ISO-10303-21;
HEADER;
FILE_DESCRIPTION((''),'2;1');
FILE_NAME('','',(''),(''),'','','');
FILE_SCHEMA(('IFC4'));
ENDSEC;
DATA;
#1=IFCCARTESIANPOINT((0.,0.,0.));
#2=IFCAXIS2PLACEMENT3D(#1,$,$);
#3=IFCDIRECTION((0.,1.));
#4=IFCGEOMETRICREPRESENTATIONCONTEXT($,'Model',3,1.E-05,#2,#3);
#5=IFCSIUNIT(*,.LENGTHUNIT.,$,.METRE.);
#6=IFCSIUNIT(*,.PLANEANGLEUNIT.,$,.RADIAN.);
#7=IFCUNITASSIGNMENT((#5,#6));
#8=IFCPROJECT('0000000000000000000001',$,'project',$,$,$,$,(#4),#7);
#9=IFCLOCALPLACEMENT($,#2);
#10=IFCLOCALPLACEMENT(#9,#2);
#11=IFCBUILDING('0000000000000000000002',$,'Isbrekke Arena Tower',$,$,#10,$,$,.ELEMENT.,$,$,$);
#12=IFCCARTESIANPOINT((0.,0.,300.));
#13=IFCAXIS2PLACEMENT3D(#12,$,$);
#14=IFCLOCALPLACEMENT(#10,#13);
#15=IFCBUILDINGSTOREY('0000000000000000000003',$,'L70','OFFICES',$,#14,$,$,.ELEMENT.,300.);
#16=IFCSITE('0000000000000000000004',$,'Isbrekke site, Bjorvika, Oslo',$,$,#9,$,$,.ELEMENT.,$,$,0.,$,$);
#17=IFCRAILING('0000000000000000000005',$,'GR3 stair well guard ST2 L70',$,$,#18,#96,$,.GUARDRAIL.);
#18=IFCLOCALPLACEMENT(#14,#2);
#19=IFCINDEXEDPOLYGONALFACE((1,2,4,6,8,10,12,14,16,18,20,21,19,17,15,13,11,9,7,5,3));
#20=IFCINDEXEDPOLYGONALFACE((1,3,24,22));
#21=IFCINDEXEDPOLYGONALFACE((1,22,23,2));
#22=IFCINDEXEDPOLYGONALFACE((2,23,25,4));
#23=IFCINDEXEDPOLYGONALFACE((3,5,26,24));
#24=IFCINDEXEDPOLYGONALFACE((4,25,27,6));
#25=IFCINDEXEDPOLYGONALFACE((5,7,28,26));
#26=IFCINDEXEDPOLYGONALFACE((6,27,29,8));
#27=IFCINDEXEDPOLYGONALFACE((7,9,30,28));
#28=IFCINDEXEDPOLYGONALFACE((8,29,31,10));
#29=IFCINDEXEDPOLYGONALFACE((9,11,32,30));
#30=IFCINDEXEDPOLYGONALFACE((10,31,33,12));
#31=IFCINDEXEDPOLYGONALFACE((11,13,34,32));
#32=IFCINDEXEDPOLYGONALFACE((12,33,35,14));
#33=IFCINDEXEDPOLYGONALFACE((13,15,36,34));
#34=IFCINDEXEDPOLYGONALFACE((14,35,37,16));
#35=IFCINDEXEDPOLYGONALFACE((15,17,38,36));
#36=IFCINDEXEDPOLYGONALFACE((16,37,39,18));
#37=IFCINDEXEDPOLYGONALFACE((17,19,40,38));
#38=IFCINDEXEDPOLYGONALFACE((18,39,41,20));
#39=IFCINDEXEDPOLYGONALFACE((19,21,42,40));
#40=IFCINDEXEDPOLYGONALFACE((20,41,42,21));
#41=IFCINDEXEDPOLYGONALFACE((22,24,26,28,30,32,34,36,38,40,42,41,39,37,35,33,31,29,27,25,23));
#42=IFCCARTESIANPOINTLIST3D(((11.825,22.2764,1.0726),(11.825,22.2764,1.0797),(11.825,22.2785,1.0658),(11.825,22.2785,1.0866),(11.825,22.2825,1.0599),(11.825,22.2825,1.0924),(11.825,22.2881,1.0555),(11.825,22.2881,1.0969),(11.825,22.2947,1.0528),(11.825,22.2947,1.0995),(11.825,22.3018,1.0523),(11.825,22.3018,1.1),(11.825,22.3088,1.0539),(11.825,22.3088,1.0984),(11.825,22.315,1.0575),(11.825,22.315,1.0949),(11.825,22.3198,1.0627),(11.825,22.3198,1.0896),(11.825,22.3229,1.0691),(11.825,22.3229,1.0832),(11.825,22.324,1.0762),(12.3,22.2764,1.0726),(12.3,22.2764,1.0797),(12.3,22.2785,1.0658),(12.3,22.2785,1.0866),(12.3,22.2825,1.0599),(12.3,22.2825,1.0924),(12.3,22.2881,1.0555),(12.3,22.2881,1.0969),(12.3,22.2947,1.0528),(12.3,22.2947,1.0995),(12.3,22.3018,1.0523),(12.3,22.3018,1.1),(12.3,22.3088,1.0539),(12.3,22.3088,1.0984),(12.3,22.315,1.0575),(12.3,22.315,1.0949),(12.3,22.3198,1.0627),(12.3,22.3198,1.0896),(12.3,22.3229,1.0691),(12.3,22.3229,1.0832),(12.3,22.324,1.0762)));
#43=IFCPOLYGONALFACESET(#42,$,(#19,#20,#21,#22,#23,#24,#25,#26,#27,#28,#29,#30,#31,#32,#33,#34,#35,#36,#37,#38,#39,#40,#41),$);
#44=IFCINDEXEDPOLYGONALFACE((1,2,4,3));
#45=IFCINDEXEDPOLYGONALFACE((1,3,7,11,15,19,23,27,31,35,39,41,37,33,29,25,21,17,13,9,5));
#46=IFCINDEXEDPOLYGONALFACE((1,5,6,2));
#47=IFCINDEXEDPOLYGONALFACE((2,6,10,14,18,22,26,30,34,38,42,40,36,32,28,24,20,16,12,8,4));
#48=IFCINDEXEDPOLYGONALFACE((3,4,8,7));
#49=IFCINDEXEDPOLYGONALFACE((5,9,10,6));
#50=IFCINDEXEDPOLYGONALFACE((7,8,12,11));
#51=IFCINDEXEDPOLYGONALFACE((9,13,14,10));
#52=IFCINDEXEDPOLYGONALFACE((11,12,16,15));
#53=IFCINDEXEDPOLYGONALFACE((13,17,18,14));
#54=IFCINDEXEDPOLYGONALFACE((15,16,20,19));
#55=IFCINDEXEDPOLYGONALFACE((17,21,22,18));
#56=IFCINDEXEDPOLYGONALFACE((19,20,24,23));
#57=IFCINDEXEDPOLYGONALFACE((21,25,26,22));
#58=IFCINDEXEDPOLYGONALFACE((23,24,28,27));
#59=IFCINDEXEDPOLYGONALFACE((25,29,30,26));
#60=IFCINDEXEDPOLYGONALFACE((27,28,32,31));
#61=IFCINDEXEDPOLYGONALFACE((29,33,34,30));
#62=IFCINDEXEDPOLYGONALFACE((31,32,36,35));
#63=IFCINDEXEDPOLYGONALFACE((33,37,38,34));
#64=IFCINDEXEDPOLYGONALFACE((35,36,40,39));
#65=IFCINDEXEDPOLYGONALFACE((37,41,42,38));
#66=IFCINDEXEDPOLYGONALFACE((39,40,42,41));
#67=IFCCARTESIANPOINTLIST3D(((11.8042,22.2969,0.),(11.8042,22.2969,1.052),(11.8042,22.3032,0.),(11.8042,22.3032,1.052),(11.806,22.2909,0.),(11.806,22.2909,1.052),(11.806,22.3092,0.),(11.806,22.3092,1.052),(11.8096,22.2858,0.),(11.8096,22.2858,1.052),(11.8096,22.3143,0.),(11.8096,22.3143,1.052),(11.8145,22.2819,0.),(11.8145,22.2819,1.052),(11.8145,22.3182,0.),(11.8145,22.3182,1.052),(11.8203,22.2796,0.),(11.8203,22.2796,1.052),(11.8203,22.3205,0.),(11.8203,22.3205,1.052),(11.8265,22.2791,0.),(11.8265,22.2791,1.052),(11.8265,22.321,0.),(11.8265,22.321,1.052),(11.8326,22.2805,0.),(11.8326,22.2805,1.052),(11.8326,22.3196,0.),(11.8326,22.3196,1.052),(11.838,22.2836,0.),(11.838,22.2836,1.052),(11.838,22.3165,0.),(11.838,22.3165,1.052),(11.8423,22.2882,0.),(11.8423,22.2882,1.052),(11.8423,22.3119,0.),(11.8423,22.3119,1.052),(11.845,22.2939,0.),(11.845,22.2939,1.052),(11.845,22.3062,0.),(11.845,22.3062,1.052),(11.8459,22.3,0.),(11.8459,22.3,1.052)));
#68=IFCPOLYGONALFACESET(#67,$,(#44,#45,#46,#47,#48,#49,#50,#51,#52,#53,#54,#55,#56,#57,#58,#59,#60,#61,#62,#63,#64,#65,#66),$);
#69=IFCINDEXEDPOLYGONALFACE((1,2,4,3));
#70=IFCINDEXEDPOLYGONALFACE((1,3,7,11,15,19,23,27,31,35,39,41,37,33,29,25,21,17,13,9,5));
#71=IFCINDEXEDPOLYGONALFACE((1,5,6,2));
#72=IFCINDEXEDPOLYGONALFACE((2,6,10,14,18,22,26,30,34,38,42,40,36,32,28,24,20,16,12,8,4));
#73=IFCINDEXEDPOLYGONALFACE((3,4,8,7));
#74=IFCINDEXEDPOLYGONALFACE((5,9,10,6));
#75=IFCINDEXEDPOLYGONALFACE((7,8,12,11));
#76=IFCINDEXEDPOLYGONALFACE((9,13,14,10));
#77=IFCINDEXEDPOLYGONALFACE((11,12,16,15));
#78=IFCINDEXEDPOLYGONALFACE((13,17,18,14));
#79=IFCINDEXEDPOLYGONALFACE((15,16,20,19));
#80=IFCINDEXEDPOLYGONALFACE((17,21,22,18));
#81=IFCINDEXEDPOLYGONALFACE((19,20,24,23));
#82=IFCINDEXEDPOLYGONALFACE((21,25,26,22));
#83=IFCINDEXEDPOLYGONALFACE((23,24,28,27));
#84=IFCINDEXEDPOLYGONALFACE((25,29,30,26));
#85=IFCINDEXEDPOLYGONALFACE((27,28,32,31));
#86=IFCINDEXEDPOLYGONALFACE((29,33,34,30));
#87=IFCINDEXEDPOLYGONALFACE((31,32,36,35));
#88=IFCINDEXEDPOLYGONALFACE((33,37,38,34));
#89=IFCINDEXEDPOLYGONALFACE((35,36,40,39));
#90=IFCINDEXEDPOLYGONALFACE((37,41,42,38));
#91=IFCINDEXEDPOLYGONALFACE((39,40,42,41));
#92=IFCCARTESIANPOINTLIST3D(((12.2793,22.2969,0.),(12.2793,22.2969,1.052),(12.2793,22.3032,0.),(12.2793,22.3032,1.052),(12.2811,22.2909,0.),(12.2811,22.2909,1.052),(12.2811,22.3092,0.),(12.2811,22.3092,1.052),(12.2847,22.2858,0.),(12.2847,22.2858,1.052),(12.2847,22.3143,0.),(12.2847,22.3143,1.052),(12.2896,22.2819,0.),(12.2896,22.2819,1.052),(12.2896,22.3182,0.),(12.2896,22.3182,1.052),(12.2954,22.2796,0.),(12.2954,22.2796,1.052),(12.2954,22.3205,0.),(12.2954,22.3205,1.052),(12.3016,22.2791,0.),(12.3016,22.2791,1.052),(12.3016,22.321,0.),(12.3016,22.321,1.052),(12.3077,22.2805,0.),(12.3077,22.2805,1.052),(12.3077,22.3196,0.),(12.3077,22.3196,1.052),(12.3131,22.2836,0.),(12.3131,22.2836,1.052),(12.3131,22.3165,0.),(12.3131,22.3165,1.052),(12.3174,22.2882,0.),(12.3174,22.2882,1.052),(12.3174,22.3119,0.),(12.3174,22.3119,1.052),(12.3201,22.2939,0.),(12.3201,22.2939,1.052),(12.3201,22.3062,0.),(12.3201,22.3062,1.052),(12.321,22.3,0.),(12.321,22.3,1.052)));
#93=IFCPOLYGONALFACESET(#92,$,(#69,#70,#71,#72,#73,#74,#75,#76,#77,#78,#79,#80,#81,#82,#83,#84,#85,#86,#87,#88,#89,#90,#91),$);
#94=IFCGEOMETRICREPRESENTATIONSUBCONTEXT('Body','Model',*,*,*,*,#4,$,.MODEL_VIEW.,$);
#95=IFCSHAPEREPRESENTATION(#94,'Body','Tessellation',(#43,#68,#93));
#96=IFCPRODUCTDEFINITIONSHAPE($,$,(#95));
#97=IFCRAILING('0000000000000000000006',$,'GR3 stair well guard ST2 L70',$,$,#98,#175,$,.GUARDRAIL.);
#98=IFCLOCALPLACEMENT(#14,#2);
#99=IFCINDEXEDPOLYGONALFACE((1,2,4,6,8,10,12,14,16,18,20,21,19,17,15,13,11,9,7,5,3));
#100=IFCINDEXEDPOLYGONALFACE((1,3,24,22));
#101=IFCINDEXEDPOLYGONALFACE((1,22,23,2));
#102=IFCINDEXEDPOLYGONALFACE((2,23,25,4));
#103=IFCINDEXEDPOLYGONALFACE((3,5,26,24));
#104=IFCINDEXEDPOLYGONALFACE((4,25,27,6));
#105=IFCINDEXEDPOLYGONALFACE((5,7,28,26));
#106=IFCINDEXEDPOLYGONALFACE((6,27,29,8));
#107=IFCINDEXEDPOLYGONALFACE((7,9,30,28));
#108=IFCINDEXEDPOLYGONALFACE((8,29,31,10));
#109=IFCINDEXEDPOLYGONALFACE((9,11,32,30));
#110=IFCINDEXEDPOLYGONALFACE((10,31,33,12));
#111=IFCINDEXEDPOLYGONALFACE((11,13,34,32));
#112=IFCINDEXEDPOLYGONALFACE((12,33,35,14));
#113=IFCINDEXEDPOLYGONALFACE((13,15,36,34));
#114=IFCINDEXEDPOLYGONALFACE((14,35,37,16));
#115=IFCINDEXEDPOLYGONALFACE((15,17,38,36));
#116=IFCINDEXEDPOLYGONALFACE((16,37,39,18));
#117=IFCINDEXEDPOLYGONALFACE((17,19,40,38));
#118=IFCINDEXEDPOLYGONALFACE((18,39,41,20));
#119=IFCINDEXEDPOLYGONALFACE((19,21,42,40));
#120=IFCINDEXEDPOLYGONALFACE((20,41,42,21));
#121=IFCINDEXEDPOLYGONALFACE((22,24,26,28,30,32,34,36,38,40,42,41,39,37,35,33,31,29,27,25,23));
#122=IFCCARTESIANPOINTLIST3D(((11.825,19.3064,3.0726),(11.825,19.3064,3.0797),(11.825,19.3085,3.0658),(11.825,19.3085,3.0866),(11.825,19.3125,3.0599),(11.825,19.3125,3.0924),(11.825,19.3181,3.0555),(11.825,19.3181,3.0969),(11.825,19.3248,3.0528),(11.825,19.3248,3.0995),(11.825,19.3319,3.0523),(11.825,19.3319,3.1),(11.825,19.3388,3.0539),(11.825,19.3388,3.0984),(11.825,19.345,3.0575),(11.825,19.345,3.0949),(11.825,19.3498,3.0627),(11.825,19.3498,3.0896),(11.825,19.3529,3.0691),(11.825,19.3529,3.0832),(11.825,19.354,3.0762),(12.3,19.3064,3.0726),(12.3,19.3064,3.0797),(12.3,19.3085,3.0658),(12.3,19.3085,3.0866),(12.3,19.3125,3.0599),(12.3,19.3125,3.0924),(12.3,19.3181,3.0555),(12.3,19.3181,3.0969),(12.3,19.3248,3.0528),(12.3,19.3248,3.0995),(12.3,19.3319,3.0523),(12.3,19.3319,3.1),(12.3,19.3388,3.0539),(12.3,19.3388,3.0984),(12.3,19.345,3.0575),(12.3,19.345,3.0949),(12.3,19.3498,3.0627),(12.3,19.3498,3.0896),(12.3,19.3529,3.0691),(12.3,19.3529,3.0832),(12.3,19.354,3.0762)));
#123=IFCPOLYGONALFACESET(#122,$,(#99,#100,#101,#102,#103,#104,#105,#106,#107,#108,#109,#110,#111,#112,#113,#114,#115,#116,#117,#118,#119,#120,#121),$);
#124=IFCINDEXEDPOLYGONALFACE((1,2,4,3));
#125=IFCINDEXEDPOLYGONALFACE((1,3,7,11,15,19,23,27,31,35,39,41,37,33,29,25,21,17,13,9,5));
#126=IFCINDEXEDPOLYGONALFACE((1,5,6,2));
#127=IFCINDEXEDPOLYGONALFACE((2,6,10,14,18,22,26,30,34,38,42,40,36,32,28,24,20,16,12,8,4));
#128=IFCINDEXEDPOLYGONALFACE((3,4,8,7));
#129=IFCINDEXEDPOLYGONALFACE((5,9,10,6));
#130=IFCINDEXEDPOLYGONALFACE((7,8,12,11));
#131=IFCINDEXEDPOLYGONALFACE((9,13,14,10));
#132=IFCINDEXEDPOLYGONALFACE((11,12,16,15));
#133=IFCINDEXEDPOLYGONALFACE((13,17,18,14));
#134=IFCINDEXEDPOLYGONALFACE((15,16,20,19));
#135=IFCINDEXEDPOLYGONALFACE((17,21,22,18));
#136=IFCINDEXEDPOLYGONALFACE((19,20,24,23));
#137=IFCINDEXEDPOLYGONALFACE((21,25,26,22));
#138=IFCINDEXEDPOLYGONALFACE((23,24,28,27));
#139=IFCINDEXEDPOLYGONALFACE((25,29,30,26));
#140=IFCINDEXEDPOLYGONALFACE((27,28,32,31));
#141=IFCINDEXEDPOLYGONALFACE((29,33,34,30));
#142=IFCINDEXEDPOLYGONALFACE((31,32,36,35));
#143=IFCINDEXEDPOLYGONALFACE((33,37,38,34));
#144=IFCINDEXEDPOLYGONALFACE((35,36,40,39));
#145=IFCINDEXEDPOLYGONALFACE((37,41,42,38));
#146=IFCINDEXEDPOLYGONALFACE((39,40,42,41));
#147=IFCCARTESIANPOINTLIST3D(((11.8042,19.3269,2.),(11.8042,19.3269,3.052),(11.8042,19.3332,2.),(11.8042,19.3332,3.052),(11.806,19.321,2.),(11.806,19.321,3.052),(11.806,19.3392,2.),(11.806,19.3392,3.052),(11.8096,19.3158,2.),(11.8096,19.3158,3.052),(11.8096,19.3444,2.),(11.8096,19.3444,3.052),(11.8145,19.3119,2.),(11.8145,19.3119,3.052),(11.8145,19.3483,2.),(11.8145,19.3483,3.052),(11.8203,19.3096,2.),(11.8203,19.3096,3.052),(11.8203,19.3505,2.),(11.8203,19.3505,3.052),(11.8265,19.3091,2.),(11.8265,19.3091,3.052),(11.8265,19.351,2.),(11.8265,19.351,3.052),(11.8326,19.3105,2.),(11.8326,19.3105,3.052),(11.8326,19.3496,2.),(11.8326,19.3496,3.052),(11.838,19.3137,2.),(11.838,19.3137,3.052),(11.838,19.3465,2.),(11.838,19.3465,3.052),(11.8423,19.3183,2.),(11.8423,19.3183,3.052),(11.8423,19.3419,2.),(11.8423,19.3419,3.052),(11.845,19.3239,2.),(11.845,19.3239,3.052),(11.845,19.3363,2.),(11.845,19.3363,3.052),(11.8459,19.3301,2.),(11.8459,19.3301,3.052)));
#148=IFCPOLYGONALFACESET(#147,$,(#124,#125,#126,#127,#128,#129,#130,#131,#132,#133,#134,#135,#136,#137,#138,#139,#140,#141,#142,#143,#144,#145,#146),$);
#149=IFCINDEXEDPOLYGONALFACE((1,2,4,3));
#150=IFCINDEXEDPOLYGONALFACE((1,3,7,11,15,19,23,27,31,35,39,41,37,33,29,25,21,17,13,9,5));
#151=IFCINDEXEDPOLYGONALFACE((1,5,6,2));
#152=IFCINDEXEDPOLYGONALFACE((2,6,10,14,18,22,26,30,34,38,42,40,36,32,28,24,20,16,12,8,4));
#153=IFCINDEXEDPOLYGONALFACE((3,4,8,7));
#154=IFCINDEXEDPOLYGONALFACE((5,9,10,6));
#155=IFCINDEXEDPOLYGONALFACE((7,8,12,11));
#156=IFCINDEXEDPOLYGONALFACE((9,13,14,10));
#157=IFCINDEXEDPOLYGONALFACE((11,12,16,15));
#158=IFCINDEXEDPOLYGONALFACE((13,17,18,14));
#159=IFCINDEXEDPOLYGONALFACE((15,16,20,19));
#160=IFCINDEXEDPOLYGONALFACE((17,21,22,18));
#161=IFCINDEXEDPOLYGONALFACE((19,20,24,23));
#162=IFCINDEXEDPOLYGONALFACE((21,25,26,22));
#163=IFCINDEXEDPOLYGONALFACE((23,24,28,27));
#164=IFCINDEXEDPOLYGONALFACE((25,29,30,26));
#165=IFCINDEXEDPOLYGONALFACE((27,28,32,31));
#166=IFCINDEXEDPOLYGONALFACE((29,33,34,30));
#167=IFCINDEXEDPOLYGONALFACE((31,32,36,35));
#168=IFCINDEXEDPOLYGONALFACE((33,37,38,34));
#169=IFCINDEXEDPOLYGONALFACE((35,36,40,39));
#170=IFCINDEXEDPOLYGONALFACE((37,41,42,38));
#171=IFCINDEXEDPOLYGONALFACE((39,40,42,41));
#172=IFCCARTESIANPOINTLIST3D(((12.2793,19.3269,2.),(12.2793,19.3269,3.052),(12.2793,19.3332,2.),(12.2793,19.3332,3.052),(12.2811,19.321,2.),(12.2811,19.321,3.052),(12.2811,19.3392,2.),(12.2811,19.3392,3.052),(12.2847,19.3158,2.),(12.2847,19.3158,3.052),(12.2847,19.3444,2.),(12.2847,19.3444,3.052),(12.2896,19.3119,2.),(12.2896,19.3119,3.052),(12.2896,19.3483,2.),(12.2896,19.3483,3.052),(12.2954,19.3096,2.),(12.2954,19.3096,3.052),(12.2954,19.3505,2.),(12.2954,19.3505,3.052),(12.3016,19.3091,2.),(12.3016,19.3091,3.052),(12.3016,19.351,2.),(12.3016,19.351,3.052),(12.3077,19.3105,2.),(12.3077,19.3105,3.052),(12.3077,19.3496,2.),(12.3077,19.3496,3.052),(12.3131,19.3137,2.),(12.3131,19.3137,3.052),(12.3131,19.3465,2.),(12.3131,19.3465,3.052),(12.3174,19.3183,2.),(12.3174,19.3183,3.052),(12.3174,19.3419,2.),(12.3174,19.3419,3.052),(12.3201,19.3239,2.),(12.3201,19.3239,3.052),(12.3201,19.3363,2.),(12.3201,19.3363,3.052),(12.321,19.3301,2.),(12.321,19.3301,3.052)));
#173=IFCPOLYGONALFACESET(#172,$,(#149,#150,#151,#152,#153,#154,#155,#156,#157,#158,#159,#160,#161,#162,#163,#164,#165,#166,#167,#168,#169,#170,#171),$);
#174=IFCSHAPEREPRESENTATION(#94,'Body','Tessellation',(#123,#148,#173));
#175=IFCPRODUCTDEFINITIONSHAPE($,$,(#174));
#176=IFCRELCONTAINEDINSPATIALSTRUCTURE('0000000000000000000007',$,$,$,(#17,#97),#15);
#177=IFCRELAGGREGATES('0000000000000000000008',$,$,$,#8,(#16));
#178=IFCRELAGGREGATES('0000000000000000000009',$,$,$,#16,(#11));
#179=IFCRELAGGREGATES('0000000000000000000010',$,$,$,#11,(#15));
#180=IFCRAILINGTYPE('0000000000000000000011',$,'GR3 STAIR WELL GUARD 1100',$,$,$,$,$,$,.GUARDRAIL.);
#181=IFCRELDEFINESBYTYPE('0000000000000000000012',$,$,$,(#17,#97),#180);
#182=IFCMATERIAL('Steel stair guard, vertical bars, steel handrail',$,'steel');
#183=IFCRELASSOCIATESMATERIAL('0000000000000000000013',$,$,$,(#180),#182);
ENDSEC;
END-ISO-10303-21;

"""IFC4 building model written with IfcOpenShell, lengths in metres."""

from ifc_helpers import new_model, si_unit, direction, frame, origin, origin_2d, place, context, subcontext, project, spatial, circle, extrude, material, type_object, element, save


model = new_model("IFC4")

# Units and contexts
model_context = context("Model", 3, precision=1e-05, world=origin(), true_north=direction((0.0, 1.0)))
body_context = subcontext(model_context, "Body", "Model", "MODEL_VIEW")
ifc_project = project(units=[si_unit("LENGTHUNIT", "METRE"), si_unit("PLANEANGLEUNIT", "RADIAN")], contexts=[model_context])

# Site, building, storey
site_placement = place(None, origin())
site = spatial("IfcSite", under=ifc_project, at=site_placement, Name="Isbrekke site, Bjorvika, Oslo", CompositionType="ELEMENT", RefElevation=0.0)
building_placement = place(site_placement, origin())
building = spatial("IfcBuilding", under=site, at=building_placement, Name="Isbrekke Arena Tower", CompositionType="ELEMENT")
storey_placement = place(building_placement, frame((0.0, 0.0, 300.0)))
storey = spatial("IfcBuildingStorey", under=building, at=storey_placement, Name="L70", Description="OFFICES", CompositionType="ELEMENT", Elevation=300.0)

# Railings
ifc_material_1 = material(Name="Steel stair guard, vertical bars, steel handrail", Category="steel")
railing_type = type_object("IfcRailingType", Name="GR3 STAIR WELL GUARD 1100", PredefinedType="GUARDRAIL", material=ifc_material_1)
for number, where, name in (
    (1, (11.825, 22.3, 0.0), "GR3 stair well guard ST2 L70"),
    (2, (11.825, 19.3301, 2.0), "GR3 stair well guard ST2 L70"),
):
    element("IfcRailing", number, at=place(storey_placement, frame(where)), inside=storey, type_object=railing_type, Name=name, PredefinedType="GUARDRAIL", context=body_context, shape_type="SweptSolid", body=[
        extrude(circle(Radius=0.0239, at=origin_2d()), frame((0.0, 0.0, 1.0762), z_axis=(1.0, 0.0, 0.0), x_axis=(0.0, 1.0, 0.0)), (0.0, 0.0, 1.0), 0.4751),
        extrude(circle(Radius=0.021, at=origin_2d()), origin(), (0.0, 0.0, 1.0), 1.052),
        extrude(circle(Radius=0.021, at=origin_2d()), frame((0.4751, 0.0, 0.0)), (0.0, 0.0, 1.0), 1.052),
    ])

save(model, "model.ifc")
